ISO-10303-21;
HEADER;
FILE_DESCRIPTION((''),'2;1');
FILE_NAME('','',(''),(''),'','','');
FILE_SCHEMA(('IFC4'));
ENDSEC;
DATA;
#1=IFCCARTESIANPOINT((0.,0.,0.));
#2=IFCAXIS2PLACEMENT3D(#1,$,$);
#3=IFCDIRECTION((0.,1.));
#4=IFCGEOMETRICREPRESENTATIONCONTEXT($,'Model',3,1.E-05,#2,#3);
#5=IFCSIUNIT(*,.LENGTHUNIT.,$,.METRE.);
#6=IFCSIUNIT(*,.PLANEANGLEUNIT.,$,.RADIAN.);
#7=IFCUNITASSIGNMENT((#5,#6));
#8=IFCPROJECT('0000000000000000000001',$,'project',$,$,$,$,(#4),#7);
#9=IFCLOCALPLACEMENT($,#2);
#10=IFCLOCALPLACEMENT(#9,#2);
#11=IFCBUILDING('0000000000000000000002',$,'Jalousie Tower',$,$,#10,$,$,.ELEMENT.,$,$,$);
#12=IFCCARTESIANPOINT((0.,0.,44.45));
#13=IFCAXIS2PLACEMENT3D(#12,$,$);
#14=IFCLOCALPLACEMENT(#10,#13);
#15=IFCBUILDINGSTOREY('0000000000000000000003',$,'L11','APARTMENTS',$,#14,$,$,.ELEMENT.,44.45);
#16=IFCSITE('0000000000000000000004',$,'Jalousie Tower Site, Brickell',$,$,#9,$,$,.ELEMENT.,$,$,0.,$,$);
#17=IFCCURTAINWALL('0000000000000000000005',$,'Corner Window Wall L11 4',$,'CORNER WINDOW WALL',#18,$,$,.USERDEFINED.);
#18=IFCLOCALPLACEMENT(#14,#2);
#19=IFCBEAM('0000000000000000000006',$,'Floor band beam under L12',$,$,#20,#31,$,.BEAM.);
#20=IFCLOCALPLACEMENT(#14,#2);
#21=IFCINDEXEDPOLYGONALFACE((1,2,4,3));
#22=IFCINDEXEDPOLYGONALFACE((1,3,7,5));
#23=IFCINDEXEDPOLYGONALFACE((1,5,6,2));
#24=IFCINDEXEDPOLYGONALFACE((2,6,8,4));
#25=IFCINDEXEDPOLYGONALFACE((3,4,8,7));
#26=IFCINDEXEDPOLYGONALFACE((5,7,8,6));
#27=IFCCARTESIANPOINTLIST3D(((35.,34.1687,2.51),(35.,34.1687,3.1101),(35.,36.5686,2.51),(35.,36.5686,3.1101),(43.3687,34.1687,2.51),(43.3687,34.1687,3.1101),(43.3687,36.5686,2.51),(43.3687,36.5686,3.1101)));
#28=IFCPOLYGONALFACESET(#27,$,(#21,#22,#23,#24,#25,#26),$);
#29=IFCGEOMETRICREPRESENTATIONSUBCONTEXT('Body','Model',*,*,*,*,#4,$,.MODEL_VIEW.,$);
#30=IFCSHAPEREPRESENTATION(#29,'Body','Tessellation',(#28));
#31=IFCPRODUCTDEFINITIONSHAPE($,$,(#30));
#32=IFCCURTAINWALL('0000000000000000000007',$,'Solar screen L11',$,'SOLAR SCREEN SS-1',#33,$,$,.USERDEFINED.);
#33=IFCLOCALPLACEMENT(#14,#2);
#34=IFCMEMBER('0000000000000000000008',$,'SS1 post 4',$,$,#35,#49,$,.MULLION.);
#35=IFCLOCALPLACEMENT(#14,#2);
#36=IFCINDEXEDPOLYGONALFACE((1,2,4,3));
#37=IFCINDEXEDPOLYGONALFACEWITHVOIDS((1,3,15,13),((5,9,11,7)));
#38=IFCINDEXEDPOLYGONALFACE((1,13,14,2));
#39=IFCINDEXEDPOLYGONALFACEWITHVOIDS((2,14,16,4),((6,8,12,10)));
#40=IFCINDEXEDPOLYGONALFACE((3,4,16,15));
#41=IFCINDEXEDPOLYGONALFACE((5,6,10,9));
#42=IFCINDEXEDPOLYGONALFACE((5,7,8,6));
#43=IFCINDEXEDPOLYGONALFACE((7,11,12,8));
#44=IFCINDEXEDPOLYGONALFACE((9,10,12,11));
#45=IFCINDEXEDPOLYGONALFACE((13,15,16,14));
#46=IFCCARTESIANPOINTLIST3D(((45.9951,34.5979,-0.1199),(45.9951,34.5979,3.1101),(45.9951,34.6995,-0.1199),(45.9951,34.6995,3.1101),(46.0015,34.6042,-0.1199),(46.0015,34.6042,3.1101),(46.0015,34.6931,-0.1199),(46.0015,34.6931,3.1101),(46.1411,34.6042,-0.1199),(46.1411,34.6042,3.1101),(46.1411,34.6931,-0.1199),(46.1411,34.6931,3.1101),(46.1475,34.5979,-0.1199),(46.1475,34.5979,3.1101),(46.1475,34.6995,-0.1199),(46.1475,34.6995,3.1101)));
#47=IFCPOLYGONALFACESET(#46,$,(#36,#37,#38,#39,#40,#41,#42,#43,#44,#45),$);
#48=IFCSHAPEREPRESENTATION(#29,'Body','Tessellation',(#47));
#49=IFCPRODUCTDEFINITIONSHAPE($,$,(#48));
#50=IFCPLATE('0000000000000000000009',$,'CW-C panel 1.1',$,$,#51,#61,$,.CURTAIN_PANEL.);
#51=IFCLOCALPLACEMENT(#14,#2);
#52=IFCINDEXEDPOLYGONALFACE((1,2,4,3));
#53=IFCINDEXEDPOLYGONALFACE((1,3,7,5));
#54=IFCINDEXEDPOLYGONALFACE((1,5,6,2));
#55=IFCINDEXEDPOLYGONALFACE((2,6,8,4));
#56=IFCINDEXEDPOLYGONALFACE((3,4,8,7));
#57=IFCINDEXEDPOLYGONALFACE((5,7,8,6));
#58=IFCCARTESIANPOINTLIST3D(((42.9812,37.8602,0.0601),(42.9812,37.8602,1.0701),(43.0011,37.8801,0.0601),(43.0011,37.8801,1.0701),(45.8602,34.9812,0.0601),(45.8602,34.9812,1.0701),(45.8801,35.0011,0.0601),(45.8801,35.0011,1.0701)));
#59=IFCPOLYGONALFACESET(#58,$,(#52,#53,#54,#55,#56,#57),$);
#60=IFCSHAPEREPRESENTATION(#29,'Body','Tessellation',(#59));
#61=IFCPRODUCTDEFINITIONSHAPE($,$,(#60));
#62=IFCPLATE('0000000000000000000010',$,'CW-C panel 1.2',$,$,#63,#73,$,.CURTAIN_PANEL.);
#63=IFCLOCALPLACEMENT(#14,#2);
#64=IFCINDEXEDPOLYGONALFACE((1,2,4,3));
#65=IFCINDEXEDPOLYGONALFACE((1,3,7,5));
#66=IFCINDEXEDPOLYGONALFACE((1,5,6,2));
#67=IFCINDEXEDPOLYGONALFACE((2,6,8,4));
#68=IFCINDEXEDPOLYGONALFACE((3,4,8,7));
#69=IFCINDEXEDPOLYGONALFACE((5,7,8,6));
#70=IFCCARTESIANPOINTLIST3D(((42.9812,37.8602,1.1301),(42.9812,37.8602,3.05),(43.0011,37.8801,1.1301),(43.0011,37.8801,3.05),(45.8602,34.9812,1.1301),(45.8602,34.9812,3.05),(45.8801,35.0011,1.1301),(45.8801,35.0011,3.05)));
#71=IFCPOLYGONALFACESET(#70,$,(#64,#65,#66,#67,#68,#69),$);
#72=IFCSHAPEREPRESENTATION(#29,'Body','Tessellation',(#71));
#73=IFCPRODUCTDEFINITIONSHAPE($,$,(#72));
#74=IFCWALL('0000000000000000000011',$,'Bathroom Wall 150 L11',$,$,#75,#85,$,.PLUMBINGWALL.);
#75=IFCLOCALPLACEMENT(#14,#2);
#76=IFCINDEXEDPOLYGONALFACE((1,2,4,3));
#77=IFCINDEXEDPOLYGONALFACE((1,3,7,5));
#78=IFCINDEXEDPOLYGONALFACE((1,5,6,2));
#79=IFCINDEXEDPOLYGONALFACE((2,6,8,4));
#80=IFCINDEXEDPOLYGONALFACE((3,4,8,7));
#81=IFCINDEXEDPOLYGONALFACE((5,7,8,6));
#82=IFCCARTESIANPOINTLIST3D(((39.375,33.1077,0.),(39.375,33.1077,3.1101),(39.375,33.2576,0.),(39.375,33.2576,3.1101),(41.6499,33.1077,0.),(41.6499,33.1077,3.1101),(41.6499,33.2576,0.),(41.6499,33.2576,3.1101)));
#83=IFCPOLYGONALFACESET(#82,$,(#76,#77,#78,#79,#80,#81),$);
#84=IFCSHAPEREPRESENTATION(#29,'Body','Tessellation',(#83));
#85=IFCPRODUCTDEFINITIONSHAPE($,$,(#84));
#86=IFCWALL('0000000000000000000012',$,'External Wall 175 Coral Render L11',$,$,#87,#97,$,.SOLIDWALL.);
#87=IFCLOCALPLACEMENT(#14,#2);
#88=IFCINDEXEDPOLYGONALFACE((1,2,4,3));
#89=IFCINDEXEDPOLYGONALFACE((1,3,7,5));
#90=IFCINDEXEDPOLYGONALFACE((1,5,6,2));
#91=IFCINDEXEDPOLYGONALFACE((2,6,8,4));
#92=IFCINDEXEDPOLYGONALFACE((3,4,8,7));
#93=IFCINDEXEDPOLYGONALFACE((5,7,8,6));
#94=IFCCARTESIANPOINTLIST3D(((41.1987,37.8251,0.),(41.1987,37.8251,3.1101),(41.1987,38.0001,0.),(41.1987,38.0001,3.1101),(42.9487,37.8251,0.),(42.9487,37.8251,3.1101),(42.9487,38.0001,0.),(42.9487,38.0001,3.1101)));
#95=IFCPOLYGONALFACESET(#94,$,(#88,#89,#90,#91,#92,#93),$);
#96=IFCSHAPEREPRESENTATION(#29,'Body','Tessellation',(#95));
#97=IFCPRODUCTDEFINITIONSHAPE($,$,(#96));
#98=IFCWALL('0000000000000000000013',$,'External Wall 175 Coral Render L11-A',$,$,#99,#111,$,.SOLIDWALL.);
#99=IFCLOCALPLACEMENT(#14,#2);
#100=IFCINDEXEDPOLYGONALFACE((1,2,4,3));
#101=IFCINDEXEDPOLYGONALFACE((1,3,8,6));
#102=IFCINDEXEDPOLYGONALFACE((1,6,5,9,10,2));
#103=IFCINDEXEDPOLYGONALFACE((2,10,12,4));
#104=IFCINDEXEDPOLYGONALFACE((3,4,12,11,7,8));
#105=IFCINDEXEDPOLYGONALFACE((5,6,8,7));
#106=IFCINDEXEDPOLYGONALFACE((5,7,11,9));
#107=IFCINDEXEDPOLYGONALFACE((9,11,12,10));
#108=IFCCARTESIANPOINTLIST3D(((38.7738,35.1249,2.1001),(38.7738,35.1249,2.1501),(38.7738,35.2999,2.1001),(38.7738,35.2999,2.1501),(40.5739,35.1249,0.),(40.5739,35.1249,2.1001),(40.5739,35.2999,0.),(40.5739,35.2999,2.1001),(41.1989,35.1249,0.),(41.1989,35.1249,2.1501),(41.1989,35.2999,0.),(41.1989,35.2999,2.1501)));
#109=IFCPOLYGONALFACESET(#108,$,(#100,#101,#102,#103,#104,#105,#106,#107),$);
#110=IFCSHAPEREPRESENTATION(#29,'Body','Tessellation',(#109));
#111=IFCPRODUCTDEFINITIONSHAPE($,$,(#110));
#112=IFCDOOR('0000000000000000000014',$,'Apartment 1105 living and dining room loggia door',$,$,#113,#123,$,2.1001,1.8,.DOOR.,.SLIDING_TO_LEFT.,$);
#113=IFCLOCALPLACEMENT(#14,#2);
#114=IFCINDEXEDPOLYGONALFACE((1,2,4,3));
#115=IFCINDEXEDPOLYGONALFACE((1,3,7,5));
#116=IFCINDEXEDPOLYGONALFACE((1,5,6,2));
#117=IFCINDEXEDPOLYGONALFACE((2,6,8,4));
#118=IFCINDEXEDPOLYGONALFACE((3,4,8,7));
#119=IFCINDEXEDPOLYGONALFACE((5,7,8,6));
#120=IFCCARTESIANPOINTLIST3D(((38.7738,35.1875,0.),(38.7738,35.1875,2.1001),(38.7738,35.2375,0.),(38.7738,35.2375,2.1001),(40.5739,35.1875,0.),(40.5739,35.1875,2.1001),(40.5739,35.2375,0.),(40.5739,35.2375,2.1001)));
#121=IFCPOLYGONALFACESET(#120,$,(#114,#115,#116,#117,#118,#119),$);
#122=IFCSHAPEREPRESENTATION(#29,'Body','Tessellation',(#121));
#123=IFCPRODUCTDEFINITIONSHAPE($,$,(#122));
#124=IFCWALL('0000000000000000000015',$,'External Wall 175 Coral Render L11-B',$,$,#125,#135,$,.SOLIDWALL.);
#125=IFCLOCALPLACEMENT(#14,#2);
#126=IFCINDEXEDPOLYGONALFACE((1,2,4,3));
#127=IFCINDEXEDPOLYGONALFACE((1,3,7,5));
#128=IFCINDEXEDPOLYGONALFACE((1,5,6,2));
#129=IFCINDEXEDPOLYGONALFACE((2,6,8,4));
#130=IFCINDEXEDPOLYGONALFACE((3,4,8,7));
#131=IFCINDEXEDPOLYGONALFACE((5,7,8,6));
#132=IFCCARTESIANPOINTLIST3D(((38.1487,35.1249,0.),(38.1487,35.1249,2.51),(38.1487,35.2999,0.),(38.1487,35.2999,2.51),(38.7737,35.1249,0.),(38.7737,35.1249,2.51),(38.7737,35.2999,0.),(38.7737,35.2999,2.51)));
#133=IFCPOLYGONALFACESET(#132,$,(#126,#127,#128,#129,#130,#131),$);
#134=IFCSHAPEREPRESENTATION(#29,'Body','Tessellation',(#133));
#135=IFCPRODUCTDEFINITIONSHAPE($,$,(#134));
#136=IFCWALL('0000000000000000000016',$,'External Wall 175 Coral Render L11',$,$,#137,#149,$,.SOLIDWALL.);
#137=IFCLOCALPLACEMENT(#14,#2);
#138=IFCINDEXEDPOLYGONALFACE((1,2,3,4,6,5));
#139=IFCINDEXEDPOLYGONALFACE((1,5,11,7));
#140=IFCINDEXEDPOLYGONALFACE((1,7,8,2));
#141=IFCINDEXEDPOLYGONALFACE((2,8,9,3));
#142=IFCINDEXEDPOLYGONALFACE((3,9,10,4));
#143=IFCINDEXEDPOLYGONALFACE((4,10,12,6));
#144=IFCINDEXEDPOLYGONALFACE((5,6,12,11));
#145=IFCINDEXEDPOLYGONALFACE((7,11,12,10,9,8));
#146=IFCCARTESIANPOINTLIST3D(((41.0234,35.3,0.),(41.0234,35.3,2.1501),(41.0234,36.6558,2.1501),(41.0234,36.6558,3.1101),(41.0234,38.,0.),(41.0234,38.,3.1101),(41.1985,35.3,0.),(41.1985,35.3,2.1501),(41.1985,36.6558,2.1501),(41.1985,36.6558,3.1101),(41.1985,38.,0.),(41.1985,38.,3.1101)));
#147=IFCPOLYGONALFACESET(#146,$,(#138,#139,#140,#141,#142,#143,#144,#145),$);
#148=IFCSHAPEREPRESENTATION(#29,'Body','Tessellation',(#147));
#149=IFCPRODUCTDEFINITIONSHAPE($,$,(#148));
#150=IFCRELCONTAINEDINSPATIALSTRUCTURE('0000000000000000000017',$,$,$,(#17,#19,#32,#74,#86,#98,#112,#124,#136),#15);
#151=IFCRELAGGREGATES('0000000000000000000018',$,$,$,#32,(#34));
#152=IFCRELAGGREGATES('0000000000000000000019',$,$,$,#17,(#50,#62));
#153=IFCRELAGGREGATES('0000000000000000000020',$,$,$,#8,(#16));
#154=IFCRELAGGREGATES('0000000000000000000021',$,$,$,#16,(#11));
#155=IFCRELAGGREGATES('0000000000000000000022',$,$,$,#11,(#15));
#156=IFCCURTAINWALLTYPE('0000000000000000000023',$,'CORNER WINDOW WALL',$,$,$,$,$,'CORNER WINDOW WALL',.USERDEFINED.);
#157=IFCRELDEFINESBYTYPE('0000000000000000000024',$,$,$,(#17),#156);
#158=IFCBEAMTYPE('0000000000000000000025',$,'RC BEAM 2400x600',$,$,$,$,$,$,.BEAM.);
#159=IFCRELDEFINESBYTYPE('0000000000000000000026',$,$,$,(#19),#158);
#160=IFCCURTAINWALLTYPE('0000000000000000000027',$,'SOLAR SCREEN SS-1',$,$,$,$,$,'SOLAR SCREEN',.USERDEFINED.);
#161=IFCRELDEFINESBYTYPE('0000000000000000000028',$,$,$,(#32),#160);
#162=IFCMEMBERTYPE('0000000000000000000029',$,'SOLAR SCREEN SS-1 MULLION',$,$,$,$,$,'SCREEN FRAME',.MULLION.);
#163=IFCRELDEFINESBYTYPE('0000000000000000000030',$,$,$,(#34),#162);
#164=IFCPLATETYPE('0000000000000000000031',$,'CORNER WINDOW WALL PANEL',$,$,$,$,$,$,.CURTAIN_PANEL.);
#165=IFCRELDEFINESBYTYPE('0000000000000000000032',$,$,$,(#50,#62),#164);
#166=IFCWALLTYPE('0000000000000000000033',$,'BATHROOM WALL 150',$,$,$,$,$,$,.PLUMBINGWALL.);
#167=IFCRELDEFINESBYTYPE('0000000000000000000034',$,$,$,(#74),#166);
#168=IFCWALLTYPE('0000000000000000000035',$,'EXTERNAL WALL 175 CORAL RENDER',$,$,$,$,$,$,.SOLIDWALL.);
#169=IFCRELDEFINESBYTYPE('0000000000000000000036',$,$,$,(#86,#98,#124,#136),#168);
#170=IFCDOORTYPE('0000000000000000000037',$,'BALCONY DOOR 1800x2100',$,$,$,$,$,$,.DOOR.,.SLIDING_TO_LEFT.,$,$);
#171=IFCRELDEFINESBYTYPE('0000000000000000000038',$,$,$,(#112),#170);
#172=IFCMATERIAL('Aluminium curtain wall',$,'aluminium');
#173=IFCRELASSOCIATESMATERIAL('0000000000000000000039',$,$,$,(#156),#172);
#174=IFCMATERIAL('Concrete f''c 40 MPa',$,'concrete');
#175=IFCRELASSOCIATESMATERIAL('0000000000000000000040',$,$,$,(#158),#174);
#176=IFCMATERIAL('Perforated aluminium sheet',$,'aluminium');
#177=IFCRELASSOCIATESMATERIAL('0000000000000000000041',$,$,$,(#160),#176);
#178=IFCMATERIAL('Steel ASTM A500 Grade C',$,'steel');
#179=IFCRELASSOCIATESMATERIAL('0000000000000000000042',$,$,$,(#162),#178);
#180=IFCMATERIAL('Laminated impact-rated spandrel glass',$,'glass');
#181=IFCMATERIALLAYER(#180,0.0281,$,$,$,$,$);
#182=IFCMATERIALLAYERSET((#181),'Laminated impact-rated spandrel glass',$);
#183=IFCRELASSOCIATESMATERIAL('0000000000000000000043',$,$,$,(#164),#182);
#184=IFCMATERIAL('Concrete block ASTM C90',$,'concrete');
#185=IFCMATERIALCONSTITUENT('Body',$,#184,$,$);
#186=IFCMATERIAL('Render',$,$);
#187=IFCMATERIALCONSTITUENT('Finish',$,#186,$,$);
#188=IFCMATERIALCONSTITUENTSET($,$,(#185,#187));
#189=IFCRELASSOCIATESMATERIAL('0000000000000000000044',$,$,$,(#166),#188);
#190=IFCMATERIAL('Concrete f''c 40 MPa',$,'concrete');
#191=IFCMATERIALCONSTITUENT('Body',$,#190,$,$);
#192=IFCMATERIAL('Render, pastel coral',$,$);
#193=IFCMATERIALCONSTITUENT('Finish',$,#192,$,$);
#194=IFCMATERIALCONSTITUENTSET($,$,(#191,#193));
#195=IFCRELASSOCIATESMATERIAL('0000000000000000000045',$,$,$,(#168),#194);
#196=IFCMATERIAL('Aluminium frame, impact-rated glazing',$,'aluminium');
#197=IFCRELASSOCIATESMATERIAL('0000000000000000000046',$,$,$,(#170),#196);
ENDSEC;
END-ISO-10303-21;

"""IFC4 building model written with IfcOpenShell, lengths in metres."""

from ifc_helpers import new_model, si_unit, direction, frame, frame_2d, origin, origin_2d, place, context, subcontext, project, spatial, polyline, rectangle, hollow_rectangle, outline, extrude, material, layer, layer_set, constituent, constituent_set, material_profile, profile_set, type_object, element, fill, aggregate, save


model = new_model("IFC4")

# Units and contexts
model_context = context("Model", 3, precision=1e-05, world=origin(), true_north=direction((0.0, 1.0)))
body_context = subcontext(model_context, "Body", "Model", "MODEL_VIEW")
ifc_project = project(units=[si_unit("LENGTHUNIT", "METRE"), si_unit("PLANEANGLEUNIT", "RADIAN")], contexts=[model_context])

# Site, building, storey
site_placement = place(None, origin())
site = spatial("IfcSite", under=ifc_project, at=site_placement, Name="Jalousie Tower Site, Brickell", CompositionType="ELEMENT", RefElevation=0.0)
building_placement = place(site_placement, origin())
building = spatial("IfcBuilding", under=site, at=building_placement, Name="Jalousie Tower", CompositionType="ELEMENT")
storey_placement = place(building_placement, frame((0.0, 0.0, 44.45)))
storey = spatial("IfcBuildingStorey", under=building, at=storey_placement, Name="L11", Description="APARTMENTS", CompositionType="ELEMENT", Elevation=44.45)

# Curtain wall
ifc_material_1 = material(Name="Aluminium curtain wall", Category="aluminium")
curtain_wall_type_1 = type_object("IfcCurtainWallType", Name="CORNER WINDOW WALL", ElementType="CORNER WINDOW WALL", PredefinedType="USERDEFINED", material=ifc_material_1)
curtain_wall_1_placement = place(storey_placement, origin())
curtain_wall_1 = element("IfcCurtainWall", 1, at=curtain_wall_1_placement, inside=storey, type_object=curtain_wall_type_1, Name="Corner Window Wall L11 4", ObjectType="CORNER WINDOW WALL", PredefinedType="USERDEFINED")

# Beam
ifc_material_2 = material(Name="Concrete f'c 40 MPa", Category="concrete")
ifc_material_profile_1 = material_profile(ifc_material_2, rectangle(XDim=2.3999, YDim=0.6001, at=origin_2d()), Name="RC 2400x600")
ifc_profile_set_1 = profile_set([ifc_material_profile_1], Name="Concrete f'c 40 MPa")
beam_type_1 = type_object("IfcBeamType", Name="RC BEAM 2400x600", PredefinedType="BEAM", material=ifc_profile_set_1)
beam_1_placement = place(storey_placement, frame((43.3687, 35.3687, 2.8101), z_axis=(-1.0, 0.0, 0.0), x_axis=(0.0, -1.0, 0.0)))
element("IfcBeam", 2, at=beam_1_placement, inside=storey, type_object=beam_type_1, Name="Floor band beam under L12", PredefinedType="BEAM", context=body_context, shape_type="SweptSolid", body=[
    extrude(rectangle(XDim=2.3999, YDim=0.6001, at=origin_2d()), origin(), (0.0, 0.0, 1.0), 8.3687),
])

# Curtain wall, member
ifc_material_3 = material(Name="Perforated aluminium sheet", Category="aluminium")
curtain_wall_type_2 = type_object("IfcCurtainWallType", Name="SOLAR SCREEN SS-1", ElementType="SOLAR SCREEN", PredefinedType="USERDEFINED", material=ifc_material_3)
curtain_wall_2_placement = place(storey_placement, origin())
curtain_wall_2 = element("IfcCurtainWall", 3, at=curtain_wall_2_placement, inside=storey, type_object=curtain_wall_type_2, Name="Solar screen L11", ObjectType="SOLAR SCREEN SS-1", PredefinedType="USERDEFINED")
ifc_material_4 = material(Name="Steel ASTM A500 Grade C", Category="steel")
ifc_material_profile_2 = material_profile(ifc_material_4, hollow_rectangle(XDim=0.1016, YDim=0.1523, WallThickness=0.0063, at=origin_2d()), Name="HSS6X4X1/4")
ifc_profile_set_2 = profile_set([ifc_material_profile_2], Name="Steel ASTM A500 Grade C")
member_type_1 = type_object("IfcMemberType", Name="SOLAR SCREEN SS-1 MULLION", ElementType="SCREEN FRAME", PredefinedType="MULLION", material=ifc_profile_set_2)
member_1_placement = place(storey_placement, frame((46.0713, 34.6487, -0.1199), z_axis=(0.0, 0.0, 1.0), x_axis=(0.0, 1.0, 0.0)))
member_1 = element("IfcMember", 4, at=member_1_placement, type_object=member_type_1, Name="SS1 post 4", PredefinedType="MULLION", context=body_context, shape_type="SweptSolid", body=[
    extrude(hollow_rectangle(XDim=0.1016, YDim=0.1523, WallThickness=0.0063, at=origin_2d()), origin(), (0.0, 0.0, 1.0), 3.23),
])
aggregate(curtain_wall_2, [member_1])

# Plates
ifc_material_5 = material(Name="Laminated impact-rated spandrel glass", Category="glass")
ifc_layer_1 = layer(ifc_material_5, 0.0281)
ifc_layer_set_1 = layer_set([ifc_layer_1], Name="Laminated impact-rated spandrel glass")
plate_type = type_object("IfcPlateType", Name="CORNER WINDOW WALL PANEL", PredefinedType="CURTAIN_PANEL", material=ifc_layer_set_1)
plate_1_placement = place(storey_placement, frame((44.4307, 36.4307, 0.0601), z_axis=(0.0, 0.0, 1.0), x_axis=(-0.707107, 0.707107, 0.0)))
plate_1 = element("IfcPlate", 5, at=plate_1_placement, type_object=plate_type, Name="CW-C panel 1.1", PredefinedType="CURTAIN_PANEL", context=body_context, shape_type="SweptSolid", body=[
    extrude(rectangle(XDim=4.0715, YDim=0.0281, at=origin_2d()), origin(), (0.0, 0.0, 1.0), 1.01),
])
plate_2_placement = place(storey_placement, frame((44.4307, 36.4307, 1.1301), z_axis=(0.0, 0.0, 1.0), x_axis=(-0.707107, 0.707107, 0.0)))
plate_2 = element("IfcPlate", 6, at=plate_2_placement, type_object=plate_type, Name="CW-C panel 1.2", PredefinedType="CURTAIN_PANEL", context=body_context, shape_type="SweptSolid", body=[
    extrude(rectangle(XDim=4.0715, YDim=0.0281, at=origin_2d()), origin(), (0.0, 0.0, 1.0), 1.9199),
])
aggregate(curtain_wall_1, [plate_1, plate_2])

# Walls
ifc_material_6 = material(Name="Concrete block ASTM C90", Category="concrete")
ifc_constituent_1 = constituent(ifc_material_6, Name="Body")
ifc_material_7 = material(Name="Render")
ifc_constituent_2 = constituent(ifc_material_7, Name="Finish")
ifc_constituent_set_1 = constituent_set(constituents=[ifc_constituent_1, ifc_constituent_2])
wall_type_1 = type_object("IfcWallType", Name="BATHROOM WALL 150", PredefinedType="PLUMBINGWALL", material=ifc_constituent_set_1)
wall_1_placement = place(storey_placement, frame((39.375, 33.1826, 0.0), z_axis=(0.0, 0.0, 1.0), x_axis=(1.0, 0.0, 0.0)))
element("IfcWall", 7, at=wall_1_placement, inside=storey, type_object=wall_type_1, Name="Bathroom Wall 150 L11", PredefinedType="PLUMBINGWALL", context=body_context, shape_type="SweptSolid", body=[
    extrude(rectangle(XDim=2.2749, YDim=0.1499, at=frame_2d((1.1375, 0.0))), origin(), (0.0, 0.0, 1.0), 3.1101),
])
ifc_material_8 = material(Name="Concrete f'c 40 MPa", Category="concrete")
ifc_constituent_3 = constituent(ifc_material_8, Name="Body")
ifc_material_9 = material(Name="Render, pastel coral")
ifc_constituent_4 = constituent(ifc_material_9, Name="Finish")
ifc_constituent_set_2 = constituent_set(constituents=[ifc_constituent_3, ifc_constituent_4])
wall_type_2 = type_object("IfcWallType", Name="EXTERNAL WALL 175 CORAL RENDER", PredefinedType="SOLIDWALL", material=ifc_constituent_set_2)
wall_2_placement = place(storey_placement, frame((42.9487, 37.9126, 0.0), z_axis=(0.0, 0.0, 1.0), x_axis=(-1.0, 0.0, 0.0)))
element("IfcWall", 8, at=wall_2_placement, inside=storey, type_object=wall_type_2, Name="External Wall 175 Coral Render L11", PredefinedType="SOLIDWALL", context=body_context, shape_type="SweptSolid", body=[
    extrude(rectangle(XDim=1.75, YDim=0.175, at=frame_2d((0.875, 0.0))), origin(), (0.0, 0.0, 1.0), 3.1101),
])

# Wall, opening, door
wall_3_placement = place(storey_placement, frame((41.1987, 35.2124, 0.0), z_axis=(0.0, 0.0, 1.0), x_axis=(-1.0, 0.0, 0.0)))
wall_3 = element("IfcWall", 9, at=wall_3_placement, inside=storey, type_object=wall_type_2, Name="External Wall 175 Coral Render L11-A", PredefinedType="SOLIDWALL", context=body_context, shape_type="SweptSolid", body=[
    extrude(rectangle(XDim=2.425, YDim=0.175, at=frame_2d((1.2124, 0.0))), origin(), (0.0, 0.0, 1.0), 2.1501),
])
opening_1_placement = place(wall_3_placement, frame((0.625, 0.0, 0.0)))
opening_1 = element("IfcOpeningElement", 10, at=opening_1_placement, cuts=wall_3, PredefinedType="OPENING", context=body_context, shape_type="SweptSolid", body=[
    extrude(rectangle(XDim=1.8, YDim=2.1001, at=frame_2d((0.8999, 1.05))), frame((0.0, 0.0974, 0.0), z_axis=(0.0, -1.0, 0.0), x_axis=(1.0, 0.0, 0.0)), (0.0, 0.0, 1.0), 0.1951),
])
ifc_material_10 = material(Name="Aluminium frame, impact-rated glazing", Category="aluminium")
door_type_1 = type_object("IfcDoorType", Name="BALCONY DOOR 1800x2100", OperationType="SLIDING_TO_LEFT", PredefinedType="DOOR", material=ifc_material_10)
door_1_placement = place(opening_1_placement, origin())
door_1 = element("IfcDoor", 11, at=door_1_placement, inside=storey, type_object=door_type_1, Name="Apartment 1105 living and dining room loggia door", OperationType="SLIDING_TO_LEFT", OverallHeight=2.1001, OverallWidth=1.8, PredefinedType="DOOR", context=body_context, shape_type="SweptSolid", body=[
    extrude(rectangle(XDim=1.8, YDim=2.1001, at=frame_2d((0.8999, 1.05))), frame((0.0, 0.0249, 0.0), z_axis=(0.0, -1.0, 0.0), x_axis=(1.0, 0.0, 0.0)), (0.0, 0.0, 1.0), 0.05),
])
fill(opening_1, door_1)

# Walls
wall_4_placement = place(storey_placement, frame((38.7737, 35.2124, 0.0), z_axis=(0.0, 0.0, 1.0), x_axis=(-1.0, 0.0, 0.0)))
element("IfcWall", 12, at=wall_4_placement, inside=storey, type_object=wall_type_2, Name="External Wall 175 Coral Render L11-B", PredefinedType="SOLIDWALL", context=body_context, shape_type="SweptSolid", body=[
    extrude(rectangle(XDim=0.625, YDim=0.175, at=frame_2d((0.3125, 0.0))), origin(), (0.0, 0.0, 1.0), 2.51),
])
wall_5_placement = place(storey_placement, frame((41.1111, 38.0, 0.0), z_axis=(0.0, 0.0, 1.0), x_axis=(0.0, -1.0, 0.0)))
element("IfcWall", 13, at=wall_5_placement, inside=storey, type_object=wall_type_2, Name="External Wall 175 Coral Render L11", PredefinedType="SOLIDWALL", context=body_context, shape_type="SweptSolid", body=[
    extrude(outline(polyline([(0.0, 0.0), (2.7, 0.0), (2.7, 2.1501), (1.3442, 2.1501), (1.3442, 3.1101), (0.0, 3.1101), (0.0, 0.0)])), frame((0.0, 0.0874, 0.0), z_axis=(0.0, -1.0, 0.0), x_axis=(1.0, 0.0, 0.0)), (0.0, 0.0, 1.0), 0.175),
])

save(model, "model.ifc")
